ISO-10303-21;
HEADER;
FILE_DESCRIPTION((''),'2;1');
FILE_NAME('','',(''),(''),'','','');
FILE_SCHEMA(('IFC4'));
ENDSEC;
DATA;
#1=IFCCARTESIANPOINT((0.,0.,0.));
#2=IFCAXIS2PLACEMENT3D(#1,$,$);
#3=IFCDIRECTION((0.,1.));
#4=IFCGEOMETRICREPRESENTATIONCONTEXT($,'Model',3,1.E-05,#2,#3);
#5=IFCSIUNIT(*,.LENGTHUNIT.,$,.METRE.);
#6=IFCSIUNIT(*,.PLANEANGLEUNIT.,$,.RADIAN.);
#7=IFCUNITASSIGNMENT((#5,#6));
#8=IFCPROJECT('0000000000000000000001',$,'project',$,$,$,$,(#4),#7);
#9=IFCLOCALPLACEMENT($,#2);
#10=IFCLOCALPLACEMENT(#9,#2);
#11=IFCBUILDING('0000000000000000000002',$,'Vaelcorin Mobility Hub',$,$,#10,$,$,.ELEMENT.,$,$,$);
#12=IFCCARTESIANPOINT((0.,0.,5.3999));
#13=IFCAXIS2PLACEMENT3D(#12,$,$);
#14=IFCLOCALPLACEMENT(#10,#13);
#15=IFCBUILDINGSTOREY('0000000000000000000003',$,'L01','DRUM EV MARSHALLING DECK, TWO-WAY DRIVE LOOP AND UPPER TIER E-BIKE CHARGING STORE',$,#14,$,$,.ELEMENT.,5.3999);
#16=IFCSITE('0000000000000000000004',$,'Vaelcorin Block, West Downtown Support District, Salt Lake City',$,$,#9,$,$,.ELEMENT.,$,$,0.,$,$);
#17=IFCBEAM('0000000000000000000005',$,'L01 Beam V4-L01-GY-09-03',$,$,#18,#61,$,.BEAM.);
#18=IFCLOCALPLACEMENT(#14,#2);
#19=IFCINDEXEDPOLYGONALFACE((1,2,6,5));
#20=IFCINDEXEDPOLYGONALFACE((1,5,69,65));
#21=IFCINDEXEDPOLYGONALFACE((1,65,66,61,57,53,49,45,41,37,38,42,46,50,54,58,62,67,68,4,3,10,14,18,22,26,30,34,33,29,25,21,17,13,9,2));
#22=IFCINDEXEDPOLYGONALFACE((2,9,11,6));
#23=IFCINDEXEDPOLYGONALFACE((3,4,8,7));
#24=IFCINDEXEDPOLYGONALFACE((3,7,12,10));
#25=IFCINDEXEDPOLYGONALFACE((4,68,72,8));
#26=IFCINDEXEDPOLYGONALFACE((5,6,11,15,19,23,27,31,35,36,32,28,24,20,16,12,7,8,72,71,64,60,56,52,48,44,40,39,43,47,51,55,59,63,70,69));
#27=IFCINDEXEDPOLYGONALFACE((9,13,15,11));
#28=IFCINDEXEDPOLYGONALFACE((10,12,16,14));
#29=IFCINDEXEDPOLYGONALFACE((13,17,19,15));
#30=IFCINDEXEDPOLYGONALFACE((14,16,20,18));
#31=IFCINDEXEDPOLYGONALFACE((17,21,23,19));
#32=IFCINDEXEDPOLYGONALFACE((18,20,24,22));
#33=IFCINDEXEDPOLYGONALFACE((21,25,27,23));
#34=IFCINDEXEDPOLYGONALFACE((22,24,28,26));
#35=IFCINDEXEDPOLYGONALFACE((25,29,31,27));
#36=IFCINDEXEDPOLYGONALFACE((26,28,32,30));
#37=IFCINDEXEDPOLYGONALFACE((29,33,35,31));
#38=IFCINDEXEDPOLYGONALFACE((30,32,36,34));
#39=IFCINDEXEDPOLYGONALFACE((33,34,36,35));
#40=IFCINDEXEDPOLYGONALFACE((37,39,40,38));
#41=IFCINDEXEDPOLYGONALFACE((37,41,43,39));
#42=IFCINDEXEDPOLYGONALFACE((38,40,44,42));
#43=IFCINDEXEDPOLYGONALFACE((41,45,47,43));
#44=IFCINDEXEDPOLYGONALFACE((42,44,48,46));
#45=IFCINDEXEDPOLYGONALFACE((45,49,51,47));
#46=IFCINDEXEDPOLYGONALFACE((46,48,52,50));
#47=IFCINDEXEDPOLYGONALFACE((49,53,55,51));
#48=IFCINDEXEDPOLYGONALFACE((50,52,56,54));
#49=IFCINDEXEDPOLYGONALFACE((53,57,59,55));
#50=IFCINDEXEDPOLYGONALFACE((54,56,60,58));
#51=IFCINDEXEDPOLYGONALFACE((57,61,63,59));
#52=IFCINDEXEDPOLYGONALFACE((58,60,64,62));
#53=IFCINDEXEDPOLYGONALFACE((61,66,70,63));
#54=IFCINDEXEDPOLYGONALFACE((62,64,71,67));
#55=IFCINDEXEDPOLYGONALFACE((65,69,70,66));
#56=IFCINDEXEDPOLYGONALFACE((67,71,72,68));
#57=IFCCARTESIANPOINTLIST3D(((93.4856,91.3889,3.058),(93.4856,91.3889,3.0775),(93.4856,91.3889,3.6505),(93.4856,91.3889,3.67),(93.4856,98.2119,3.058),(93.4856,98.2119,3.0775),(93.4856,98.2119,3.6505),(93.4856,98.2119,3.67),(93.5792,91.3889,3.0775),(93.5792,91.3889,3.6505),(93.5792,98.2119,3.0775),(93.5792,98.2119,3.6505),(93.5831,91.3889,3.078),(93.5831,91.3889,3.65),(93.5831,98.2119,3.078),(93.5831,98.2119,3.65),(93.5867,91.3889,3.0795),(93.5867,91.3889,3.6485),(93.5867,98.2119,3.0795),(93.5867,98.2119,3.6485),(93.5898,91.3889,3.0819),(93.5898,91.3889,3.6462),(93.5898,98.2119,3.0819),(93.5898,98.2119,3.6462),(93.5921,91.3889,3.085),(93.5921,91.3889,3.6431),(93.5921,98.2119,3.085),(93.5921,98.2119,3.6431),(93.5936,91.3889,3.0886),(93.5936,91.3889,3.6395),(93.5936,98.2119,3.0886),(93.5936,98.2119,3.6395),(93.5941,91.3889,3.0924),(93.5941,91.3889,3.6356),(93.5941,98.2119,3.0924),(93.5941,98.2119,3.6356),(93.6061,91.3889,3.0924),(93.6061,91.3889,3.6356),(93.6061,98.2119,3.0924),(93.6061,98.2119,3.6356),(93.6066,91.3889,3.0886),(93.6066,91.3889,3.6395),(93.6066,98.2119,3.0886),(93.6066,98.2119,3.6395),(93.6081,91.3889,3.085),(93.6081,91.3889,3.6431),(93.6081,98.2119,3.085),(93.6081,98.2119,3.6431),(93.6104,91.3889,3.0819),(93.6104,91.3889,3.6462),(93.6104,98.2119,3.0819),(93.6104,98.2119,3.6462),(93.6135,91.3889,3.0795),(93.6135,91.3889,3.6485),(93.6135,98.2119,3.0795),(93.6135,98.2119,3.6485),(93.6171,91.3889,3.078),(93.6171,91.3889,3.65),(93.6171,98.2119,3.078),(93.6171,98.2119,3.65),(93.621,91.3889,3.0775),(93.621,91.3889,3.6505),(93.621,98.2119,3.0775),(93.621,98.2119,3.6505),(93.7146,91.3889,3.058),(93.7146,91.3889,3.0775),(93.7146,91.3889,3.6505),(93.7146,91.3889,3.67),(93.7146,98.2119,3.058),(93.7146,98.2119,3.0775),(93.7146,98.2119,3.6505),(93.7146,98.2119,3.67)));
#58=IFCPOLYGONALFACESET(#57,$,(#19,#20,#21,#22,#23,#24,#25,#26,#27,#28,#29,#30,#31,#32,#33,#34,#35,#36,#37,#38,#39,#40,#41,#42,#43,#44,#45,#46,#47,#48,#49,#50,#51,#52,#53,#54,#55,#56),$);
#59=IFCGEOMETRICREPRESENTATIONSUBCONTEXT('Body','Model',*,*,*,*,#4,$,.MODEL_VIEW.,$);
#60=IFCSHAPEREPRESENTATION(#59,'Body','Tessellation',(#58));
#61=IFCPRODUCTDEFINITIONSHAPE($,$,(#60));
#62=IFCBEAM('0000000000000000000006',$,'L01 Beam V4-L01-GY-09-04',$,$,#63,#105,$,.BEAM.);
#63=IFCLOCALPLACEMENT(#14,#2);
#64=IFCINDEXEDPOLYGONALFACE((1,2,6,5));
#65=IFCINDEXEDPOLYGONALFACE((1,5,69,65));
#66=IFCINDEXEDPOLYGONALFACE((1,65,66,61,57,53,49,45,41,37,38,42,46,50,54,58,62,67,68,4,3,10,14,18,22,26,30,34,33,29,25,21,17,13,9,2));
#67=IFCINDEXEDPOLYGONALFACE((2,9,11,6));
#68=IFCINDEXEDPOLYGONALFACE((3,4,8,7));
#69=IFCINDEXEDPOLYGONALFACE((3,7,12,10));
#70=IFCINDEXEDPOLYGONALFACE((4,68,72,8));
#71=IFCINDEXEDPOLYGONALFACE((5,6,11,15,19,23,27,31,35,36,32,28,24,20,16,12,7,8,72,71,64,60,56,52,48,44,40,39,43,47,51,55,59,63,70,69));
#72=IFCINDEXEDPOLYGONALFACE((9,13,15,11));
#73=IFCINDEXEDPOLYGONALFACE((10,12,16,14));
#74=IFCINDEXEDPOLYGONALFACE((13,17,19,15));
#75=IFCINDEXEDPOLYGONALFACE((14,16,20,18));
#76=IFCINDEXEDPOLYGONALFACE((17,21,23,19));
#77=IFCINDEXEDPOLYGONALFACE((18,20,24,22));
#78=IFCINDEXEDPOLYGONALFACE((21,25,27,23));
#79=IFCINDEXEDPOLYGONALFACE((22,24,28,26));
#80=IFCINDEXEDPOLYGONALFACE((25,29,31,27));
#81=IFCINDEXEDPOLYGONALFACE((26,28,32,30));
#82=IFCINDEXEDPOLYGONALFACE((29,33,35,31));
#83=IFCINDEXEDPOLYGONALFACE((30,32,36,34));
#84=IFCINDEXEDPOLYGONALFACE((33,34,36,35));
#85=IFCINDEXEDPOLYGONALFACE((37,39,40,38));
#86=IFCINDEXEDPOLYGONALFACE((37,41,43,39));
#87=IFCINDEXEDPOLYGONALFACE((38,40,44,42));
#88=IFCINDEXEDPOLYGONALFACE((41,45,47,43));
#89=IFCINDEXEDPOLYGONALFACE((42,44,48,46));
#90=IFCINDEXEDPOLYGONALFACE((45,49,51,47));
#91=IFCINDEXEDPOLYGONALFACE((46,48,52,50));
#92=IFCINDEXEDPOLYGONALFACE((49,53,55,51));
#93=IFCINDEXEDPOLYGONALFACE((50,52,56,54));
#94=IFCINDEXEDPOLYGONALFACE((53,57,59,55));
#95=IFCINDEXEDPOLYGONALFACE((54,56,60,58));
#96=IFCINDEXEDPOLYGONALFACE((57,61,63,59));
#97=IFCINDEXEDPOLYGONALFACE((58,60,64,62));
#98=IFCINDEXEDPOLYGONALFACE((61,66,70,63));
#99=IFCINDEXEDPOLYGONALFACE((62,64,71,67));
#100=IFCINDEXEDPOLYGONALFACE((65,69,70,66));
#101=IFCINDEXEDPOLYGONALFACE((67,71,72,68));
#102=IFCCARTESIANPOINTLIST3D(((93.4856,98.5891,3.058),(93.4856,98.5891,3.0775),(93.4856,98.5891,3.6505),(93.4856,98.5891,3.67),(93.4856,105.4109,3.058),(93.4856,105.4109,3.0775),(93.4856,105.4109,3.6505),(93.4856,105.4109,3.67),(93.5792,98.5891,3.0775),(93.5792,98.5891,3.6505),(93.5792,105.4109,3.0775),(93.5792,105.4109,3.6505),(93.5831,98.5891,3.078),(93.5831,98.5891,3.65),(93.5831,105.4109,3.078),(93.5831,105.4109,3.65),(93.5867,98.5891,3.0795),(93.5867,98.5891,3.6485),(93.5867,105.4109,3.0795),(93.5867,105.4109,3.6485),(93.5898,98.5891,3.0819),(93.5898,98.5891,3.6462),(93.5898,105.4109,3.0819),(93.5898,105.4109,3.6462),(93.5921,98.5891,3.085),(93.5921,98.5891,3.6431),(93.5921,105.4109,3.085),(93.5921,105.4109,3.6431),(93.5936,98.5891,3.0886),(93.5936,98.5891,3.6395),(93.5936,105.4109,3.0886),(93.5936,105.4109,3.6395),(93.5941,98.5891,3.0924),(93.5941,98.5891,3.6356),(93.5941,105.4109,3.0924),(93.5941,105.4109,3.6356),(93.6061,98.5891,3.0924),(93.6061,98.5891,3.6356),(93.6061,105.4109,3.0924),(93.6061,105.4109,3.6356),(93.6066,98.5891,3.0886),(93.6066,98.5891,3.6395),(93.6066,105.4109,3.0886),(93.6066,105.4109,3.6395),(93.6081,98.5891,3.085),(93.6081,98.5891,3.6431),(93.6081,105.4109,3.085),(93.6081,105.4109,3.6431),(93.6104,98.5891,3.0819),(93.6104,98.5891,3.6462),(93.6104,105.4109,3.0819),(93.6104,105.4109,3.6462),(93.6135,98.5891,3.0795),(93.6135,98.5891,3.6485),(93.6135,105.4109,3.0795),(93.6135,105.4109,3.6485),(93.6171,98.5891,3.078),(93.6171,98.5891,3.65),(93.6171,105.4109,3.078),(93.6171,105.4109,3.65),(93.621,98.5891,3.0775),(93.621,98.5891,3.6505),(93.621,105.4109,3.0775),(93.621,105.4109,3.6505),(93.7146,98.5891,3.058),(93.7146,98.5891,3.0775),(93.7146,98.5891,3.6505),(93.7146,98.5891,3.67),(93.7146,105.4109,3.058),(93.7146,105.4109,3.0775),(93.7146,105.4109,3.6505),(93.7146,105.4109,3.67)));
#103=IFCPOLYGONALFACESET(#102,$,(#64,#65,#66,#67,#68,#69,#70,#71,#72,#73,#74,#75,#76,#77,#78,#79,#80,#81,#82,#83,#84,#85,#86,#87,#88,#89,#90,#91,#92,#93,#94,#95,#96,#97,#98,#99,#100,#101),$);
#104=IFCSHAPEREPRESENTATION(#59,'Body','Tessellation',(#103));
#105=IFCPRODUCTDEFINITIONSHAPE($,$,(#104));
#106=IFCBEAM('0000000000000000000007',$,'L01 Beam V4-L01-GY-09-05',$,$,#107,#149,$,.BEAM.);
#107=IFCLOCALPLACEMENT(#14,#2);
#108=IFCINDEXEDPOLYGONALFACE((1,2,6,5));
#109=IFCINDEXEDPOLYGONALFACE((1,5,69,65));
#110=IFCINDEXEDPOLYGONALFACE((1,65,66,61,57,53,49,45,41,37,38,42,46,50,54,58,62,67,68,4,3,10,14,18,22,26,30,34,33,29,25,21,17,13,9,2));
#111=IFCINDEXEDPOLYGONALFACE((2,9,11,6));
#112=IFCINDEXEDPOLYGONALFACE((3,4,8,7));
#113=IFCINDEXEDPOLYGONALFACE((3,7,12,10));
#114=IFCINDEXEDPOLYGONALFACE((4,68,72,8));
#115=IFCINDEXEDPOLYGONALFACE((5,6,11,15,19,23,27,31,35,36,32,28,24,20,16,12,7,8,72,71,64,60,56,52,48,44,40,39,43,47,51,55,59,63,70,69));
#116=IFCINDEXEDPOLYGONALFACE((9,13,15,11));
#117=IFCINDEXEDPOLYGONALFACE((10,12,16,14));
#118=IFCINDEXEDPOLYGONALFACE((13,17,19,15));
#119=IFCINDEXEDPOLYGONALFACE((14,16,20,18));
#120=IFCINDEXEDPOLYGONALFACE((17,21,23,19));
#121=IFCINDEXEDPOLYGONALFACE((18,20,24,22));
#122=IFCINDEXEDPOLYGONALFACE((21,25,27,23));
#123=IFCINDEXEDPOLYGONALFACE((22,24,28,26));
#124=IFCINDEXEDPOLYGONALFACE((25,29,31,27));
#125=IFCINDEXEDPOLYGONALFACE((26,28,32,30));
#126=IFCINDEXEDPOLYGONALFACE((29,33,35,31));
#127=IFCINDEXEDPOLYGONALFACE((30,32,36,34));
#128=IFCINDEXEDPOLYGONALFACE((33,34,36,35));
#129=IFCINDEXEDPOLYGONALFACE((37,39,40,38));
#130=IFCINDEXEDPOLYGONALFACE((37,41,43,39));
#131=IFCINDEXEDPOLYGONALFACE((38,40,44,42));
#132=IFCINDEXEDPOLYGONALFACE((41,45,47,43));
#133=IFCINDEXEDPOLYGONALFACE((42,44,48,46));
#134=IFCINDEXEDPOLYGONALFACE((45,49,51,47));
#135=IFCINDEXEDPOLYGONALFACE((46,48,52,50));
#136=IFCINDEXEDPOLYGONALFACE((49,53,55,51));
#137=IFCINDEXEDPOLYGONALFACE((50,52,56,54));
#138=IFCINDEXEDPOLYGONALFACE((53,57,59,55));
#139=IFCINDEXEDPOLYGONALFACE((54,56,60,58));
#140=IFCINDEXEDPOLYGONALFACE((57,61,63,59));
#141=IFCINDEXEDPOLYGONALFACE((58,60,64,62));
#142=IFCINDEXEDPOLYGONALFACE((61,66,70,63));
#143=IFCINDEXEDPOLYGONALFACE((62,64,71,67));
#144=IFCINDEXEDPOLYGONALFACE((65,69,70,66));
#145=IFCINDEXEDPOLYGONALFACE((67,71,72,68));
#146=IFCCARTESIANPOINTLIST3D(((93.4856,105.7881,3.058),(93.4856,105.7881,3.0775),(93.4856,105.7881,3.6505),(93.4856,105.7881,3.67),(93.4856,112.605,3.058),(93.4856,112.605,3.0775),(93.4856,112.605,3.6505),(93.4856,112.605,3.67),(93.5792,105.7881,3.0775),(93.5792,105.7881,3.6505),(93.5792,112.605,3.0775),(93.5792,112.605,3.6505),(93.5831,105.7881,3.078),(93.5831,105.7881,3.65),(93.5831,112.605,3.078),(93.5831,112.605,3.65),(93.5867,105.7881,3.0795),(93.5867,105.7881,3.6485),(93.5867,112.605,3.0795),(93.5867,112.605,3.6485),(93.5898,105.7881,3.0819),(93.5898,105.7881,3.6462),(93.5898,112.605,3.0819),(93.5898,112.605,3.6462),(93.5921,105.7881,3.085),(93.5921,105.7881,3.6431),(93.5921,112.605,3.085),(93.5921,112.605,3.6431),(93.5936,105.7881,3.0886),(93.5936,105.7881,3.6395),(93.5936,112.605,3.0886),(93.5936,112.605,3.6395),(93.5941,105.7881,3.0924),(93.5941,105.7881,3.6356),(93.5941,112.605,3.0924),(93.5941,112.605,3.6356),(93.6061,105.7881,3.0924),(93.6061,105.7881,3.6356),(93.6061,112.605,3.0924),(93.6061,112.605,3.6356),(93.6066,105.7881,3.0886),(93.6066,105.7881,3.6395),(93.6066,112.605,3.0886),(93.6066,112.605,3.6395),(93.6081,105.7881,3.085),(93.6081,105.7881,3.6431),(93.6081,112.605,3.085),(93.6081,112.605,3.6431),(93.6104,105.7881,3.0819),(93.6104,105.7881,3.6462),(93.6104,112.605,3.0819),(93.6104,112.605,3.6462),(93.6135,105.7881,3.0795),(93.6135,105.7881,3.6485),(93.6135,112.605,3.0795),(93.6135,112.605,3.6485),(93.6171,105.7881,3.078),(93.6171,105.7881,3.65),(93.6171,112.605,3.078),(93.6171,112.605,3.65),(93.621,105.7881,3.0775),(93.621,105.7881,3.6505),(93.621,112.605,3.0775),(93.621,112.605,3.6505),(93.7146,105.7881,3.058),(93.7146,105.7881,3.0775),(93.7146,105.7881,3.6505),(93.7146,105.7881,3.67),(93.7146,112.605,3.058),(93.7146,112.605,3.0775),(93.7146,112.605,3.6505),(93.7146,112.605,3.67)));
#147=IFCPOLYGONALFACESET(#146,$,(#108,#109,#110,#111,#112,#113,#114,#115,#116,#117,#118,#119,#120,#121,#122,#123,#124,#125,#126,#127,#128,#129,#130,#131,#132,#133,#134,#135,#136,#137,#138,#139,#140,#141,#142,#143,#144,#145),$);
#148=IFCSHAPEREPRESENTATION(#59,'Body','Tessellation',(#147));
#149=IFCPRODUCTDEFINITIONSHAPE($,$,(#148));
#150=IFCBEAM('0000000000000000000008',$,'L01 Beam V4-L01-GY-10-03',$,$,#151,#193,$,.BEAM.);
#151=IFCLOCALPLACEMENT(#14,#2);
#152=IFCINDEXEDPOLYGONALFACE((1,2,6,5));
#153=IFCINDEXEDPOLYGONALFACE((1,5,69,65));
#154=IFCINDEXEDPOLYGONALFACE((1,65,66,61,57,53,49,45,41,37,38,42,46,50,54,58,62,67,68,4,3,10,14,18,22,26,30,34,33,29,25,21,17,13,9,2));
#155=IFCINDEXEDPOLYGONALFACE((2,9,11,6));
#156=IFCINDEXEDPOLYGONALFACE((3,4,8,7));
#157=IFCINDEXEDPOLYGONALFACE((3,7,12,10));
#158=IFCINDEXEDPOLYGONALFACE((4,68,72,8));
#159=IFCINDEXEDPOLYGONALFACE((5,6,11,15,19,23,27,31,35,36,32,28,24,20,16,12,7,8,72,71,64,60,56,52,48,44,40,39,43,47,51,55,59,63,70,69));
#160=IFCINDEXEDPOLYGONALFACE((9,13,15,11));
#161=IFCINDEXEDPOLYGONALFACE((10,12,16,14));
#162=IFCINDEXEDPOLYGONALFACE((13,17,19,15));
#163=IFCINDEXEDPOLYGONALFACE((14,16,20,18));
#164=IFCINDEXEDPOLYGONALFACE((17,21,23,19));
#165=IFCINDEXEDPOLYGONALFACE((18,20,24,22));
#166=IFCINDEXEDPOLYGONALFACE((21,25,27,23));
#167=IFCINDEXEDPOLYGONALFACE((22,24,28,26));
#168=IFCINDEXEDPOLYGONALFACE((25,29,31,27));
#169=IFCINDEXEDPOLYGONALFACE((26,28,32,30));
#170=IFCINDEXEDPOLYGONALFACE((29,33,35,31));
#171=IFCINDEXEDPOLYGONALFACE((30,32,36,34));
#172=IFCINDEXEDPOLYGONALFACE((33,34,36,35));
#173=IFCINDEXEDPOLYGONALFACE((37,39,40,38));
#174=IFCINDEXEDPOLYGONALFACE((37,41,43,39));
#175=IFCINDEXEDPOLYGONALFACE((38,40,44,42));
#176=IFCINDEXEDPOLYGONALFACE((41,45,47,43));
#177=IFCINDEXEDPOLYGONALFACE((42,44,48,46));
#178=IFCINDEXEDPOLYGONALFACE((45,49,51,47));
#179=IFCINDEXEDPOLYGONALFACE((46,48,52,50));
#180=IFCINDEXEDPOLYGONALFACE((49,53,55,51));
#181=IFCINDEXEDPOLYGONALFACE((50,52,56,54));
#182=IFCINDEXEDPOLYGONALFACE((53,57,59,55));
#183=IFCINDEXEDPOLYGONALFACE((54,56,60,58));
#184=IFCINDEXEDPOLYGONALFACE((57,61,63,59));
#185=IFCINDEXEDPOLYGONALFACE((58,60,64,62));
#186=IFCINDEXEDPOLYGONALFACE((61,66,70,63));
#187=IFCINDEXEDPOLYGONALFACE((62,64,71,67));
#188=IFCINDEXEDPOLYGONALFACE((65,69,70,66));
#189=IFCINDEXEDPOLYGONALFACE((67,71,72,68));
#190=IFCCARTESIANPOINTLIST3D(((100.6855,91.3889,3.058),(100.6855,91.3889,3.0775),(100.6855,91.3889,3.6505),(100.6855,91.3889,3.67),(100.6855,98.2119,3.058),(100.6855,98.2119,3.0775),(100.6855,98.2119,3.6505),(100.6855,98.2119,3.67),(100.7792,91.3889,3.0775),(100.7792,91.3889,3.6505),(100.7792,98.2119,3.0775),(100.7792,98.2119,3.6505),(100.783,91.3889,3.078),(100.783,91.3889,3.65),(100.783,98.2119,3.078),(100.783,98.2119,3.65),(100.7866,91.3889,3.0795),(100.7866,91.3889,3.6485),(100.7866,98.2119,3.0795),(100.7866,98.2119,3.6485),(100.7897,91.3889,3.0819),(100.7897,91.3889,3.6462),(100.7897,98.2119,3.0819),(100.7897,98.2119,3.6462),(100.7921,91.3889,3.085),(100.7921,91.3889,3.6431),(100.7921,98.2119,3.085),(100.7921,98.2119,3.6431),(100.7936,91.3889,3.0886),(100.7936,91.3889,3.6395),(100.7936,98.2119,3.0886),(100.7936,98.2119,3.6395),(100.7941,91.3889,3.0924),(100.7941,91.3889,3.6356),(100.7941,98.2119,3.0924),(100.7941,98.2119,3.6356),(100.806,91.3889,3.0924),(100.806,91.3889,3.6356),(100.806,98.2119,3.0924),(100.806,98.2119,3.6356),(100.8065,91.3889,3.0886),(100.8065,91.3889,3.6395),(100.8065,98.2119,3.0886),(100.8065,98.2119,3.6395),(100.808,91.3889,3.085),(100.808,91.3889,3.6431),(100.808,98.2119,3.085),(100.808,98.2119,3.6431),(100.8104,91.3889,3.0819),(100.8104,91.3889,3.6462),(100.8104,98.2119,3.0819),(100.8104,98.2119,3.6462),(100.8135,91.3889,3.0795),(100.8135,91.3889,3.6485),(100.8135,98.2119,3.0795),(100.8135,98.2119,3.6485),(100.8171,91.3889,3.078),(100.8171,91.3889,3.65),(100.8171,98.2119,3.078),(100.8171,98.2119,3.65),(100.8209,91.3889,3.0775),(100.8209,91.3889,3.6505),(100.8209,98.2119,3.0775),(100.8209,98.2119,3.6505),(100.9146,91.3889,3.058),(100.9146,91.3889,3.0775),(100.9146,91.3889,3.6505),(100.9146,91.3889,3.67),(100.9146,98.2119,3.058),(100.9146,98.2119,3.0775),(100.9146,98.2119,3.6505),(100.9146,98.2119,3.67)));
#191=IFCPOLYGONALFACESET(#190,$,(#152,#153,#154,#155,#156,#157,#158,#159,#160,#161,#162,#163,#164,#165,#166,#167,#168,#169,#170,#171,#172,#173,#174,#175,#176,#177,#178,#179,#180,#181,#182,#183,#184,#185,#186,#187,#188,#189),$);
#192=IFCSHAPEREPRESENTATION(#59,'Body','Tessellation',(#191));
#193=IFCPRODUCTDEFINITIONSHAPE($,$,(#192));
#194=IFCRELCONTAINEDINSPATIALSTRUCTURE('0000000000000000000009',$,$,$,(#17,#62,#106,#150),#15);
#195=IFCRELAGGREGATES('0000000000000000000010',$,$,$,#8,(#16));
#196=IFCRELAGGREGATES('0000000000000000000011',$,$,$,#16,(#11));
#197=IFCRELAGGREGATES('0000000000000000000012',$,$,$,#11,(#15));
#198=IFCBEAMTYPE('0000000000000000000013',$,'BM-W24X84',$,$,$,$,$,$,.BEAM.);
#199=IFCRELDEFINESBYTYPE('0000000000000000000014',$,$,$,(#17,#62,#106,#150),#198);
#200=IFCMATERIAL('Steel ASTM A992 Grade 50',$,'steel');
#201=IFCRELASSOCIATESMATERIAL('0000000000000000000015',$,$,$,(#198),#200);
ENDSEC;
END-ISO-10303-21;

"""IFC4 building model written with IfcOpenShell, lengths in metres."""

from ifc_helpers import new_model, si_unit, direction, frame, origin, origin_2d, place, context, subcontext, project, spatial, i_section, extrude, material, material_profile, profile_set, type_object, element, save


model = new_model("IFC4")

# Units and contexts
model_context = context("Model", 3, precision=1e-05, world=origin(), true_north=direction((0.0, 1.0)))
body_context = subcontext(model_context, "Body", "Model", "MODEL_VIEW")
ifc_project = project(units=[si_unit("LENGTHUNIT", "METRE"), si_unit("PLANEANGLEUNIT", "RADIAN")], contexts=[model_context])

# Site, building, storey
site_placement = place(None, origin())
site = spatial("IfcSite", under=ifc_project, at=site_placement, Name="Vaelcorin Block, West Downtown Support District, Salt Lake City", CompositionType="ELEMENT", RefElevation=0.0)
building_placement = place(site_placement, origin())
building = spatial("IfcBuilding", under=site, at=building_placement, Name="Vaelcorin Mobility Hub", CompositionType="ELEMENT")
storey_placement = place(building_placement, frame((0.0, 0.0, 5.3999)))
storey = spatial("IfcBuildingStorey", under=building, at=storey_placement, Name="L01", Description="DRUM EV MARSHALLING DECK, TWO-WAY DRIVE LOOP AND UPPER TIER E-BIKE CHARGING STORE", CompositionType="ELEMENT", Elevation=5.3999)

# Shared definitions
ifc_material_1 = material(Name="Steel ASTM A992 Grade 50", Category="steel")

# Beams
ifc_material_profile_1 = material_profile(ifc_material_1, i_section(OverallWidth=0.229, OverallDepth=0.6121, WebThickness=0.012, FlangeThickness=0.0195, FilletRadius=0.0149, at=origin_2d()), Name="W24X84")
ifc_profile_set_1 = profile_set([ifc_material_profile_1], Name="Steel ASTM A992 Grade 50")
beam_type_1 = type_object("IfcBeamType", Name="BM-W24X84", PredefinedType="BEAM", material=ifc_profile_set_1)
beam_1_placement = place(storey_placement, frame((93.6001, 91.3889, 3.364), z_axis=(0.0, 1.0, 0.0), x_axis=(-1.0, 0.0, 0.0)))
element("IfcBeam", 1, at=beam_1_placement, inside=storey, type_object=beam_type_1, Name="L01 Beam V4-L01-GY-09-03", PredefinedType="BEAM", context=body_context, shape_type="SweptSolid", body=[
    extrude(i_section(OverallWidth=0.229, OverallDepth=0.6121, WebThickness=0.012, FlangeThickness=0.0195, FilletRadius=0.0149, at=origin_2d()), origin(), (0.0, 0.0, 1.0), 6.823),
])
beam_2_placement = place(storey_placement, frame((93.6001, 98.5891, 3.364), z_axis=(0.0, 1.0, 0.0), x_axis=(-1.0, 0.0, 0.0)))
element("IfcBeam", 2, at=beam_2_placement, inside=storey, type_object=beam_type_1, Name="L01 Beam V4-L01-GY-09-04", PredefinedType="BEAM", context=body_context, shape_type="SweptSolid", body=[
    extrude(i_section(OverallWidth=0.229, OverallDepth=0.6121, WebThickness=0.012, FlangeThickness=0.0195, FilletRadius=0.0149, at=origin_2d()), origin(), (0.0, 0.0, 1.0), 6.8218),
])
beam_3_placement = place(storey_placement, frame((93.6001, 105.7881, 3.364), z_axis=(0.0, 1.0, 0.0), x_axis=(-1.0, 0.0, 0.0)))
element("IfcBeam", 3, at=beam_3_placement, inside=storey, type_object=beam_type_1, Name="L01 Beam V4-L01-GY-09-05", PredefinedType="BEAM", context=body_context, shape_type="SweptSolid", body=[
    extrude(i_section(OverallWidth=0.229, OverallDepth=0.6121, WebThickness=0.012, FlangeThickness=0.0195, FilletRadius=0.0149, at=origin_2d()), origin(), (0.0, 0.0, 1.0), 6.8169),
])
beam_4_placement = place(storey_placement, frame((100.8, 91.3889, 3.364), z_axis=(0.0, 1.0, 0.0), x_axis=(-1.0, 0.0, 0.0)))
element("IfcBeam", 4, at=beam_4_placement, inside=storey, type_object=beam_type_1, Name="L01 Beam V4-L01-GY-10-03", PredefinedType="BEAM", context=body_context, shape_type="SweptSolid", body=[
    extrude(i_section(OverallWidth=0.229, OverallDepth=0.6121, WebThickness=0.012, FlangeThickness=0.0195, FilletRadius=0.0149, at=origin_2d()), origin(), (0.0, 0.0, 1.0), 6.823),
])

save(model, "model.ifc")
